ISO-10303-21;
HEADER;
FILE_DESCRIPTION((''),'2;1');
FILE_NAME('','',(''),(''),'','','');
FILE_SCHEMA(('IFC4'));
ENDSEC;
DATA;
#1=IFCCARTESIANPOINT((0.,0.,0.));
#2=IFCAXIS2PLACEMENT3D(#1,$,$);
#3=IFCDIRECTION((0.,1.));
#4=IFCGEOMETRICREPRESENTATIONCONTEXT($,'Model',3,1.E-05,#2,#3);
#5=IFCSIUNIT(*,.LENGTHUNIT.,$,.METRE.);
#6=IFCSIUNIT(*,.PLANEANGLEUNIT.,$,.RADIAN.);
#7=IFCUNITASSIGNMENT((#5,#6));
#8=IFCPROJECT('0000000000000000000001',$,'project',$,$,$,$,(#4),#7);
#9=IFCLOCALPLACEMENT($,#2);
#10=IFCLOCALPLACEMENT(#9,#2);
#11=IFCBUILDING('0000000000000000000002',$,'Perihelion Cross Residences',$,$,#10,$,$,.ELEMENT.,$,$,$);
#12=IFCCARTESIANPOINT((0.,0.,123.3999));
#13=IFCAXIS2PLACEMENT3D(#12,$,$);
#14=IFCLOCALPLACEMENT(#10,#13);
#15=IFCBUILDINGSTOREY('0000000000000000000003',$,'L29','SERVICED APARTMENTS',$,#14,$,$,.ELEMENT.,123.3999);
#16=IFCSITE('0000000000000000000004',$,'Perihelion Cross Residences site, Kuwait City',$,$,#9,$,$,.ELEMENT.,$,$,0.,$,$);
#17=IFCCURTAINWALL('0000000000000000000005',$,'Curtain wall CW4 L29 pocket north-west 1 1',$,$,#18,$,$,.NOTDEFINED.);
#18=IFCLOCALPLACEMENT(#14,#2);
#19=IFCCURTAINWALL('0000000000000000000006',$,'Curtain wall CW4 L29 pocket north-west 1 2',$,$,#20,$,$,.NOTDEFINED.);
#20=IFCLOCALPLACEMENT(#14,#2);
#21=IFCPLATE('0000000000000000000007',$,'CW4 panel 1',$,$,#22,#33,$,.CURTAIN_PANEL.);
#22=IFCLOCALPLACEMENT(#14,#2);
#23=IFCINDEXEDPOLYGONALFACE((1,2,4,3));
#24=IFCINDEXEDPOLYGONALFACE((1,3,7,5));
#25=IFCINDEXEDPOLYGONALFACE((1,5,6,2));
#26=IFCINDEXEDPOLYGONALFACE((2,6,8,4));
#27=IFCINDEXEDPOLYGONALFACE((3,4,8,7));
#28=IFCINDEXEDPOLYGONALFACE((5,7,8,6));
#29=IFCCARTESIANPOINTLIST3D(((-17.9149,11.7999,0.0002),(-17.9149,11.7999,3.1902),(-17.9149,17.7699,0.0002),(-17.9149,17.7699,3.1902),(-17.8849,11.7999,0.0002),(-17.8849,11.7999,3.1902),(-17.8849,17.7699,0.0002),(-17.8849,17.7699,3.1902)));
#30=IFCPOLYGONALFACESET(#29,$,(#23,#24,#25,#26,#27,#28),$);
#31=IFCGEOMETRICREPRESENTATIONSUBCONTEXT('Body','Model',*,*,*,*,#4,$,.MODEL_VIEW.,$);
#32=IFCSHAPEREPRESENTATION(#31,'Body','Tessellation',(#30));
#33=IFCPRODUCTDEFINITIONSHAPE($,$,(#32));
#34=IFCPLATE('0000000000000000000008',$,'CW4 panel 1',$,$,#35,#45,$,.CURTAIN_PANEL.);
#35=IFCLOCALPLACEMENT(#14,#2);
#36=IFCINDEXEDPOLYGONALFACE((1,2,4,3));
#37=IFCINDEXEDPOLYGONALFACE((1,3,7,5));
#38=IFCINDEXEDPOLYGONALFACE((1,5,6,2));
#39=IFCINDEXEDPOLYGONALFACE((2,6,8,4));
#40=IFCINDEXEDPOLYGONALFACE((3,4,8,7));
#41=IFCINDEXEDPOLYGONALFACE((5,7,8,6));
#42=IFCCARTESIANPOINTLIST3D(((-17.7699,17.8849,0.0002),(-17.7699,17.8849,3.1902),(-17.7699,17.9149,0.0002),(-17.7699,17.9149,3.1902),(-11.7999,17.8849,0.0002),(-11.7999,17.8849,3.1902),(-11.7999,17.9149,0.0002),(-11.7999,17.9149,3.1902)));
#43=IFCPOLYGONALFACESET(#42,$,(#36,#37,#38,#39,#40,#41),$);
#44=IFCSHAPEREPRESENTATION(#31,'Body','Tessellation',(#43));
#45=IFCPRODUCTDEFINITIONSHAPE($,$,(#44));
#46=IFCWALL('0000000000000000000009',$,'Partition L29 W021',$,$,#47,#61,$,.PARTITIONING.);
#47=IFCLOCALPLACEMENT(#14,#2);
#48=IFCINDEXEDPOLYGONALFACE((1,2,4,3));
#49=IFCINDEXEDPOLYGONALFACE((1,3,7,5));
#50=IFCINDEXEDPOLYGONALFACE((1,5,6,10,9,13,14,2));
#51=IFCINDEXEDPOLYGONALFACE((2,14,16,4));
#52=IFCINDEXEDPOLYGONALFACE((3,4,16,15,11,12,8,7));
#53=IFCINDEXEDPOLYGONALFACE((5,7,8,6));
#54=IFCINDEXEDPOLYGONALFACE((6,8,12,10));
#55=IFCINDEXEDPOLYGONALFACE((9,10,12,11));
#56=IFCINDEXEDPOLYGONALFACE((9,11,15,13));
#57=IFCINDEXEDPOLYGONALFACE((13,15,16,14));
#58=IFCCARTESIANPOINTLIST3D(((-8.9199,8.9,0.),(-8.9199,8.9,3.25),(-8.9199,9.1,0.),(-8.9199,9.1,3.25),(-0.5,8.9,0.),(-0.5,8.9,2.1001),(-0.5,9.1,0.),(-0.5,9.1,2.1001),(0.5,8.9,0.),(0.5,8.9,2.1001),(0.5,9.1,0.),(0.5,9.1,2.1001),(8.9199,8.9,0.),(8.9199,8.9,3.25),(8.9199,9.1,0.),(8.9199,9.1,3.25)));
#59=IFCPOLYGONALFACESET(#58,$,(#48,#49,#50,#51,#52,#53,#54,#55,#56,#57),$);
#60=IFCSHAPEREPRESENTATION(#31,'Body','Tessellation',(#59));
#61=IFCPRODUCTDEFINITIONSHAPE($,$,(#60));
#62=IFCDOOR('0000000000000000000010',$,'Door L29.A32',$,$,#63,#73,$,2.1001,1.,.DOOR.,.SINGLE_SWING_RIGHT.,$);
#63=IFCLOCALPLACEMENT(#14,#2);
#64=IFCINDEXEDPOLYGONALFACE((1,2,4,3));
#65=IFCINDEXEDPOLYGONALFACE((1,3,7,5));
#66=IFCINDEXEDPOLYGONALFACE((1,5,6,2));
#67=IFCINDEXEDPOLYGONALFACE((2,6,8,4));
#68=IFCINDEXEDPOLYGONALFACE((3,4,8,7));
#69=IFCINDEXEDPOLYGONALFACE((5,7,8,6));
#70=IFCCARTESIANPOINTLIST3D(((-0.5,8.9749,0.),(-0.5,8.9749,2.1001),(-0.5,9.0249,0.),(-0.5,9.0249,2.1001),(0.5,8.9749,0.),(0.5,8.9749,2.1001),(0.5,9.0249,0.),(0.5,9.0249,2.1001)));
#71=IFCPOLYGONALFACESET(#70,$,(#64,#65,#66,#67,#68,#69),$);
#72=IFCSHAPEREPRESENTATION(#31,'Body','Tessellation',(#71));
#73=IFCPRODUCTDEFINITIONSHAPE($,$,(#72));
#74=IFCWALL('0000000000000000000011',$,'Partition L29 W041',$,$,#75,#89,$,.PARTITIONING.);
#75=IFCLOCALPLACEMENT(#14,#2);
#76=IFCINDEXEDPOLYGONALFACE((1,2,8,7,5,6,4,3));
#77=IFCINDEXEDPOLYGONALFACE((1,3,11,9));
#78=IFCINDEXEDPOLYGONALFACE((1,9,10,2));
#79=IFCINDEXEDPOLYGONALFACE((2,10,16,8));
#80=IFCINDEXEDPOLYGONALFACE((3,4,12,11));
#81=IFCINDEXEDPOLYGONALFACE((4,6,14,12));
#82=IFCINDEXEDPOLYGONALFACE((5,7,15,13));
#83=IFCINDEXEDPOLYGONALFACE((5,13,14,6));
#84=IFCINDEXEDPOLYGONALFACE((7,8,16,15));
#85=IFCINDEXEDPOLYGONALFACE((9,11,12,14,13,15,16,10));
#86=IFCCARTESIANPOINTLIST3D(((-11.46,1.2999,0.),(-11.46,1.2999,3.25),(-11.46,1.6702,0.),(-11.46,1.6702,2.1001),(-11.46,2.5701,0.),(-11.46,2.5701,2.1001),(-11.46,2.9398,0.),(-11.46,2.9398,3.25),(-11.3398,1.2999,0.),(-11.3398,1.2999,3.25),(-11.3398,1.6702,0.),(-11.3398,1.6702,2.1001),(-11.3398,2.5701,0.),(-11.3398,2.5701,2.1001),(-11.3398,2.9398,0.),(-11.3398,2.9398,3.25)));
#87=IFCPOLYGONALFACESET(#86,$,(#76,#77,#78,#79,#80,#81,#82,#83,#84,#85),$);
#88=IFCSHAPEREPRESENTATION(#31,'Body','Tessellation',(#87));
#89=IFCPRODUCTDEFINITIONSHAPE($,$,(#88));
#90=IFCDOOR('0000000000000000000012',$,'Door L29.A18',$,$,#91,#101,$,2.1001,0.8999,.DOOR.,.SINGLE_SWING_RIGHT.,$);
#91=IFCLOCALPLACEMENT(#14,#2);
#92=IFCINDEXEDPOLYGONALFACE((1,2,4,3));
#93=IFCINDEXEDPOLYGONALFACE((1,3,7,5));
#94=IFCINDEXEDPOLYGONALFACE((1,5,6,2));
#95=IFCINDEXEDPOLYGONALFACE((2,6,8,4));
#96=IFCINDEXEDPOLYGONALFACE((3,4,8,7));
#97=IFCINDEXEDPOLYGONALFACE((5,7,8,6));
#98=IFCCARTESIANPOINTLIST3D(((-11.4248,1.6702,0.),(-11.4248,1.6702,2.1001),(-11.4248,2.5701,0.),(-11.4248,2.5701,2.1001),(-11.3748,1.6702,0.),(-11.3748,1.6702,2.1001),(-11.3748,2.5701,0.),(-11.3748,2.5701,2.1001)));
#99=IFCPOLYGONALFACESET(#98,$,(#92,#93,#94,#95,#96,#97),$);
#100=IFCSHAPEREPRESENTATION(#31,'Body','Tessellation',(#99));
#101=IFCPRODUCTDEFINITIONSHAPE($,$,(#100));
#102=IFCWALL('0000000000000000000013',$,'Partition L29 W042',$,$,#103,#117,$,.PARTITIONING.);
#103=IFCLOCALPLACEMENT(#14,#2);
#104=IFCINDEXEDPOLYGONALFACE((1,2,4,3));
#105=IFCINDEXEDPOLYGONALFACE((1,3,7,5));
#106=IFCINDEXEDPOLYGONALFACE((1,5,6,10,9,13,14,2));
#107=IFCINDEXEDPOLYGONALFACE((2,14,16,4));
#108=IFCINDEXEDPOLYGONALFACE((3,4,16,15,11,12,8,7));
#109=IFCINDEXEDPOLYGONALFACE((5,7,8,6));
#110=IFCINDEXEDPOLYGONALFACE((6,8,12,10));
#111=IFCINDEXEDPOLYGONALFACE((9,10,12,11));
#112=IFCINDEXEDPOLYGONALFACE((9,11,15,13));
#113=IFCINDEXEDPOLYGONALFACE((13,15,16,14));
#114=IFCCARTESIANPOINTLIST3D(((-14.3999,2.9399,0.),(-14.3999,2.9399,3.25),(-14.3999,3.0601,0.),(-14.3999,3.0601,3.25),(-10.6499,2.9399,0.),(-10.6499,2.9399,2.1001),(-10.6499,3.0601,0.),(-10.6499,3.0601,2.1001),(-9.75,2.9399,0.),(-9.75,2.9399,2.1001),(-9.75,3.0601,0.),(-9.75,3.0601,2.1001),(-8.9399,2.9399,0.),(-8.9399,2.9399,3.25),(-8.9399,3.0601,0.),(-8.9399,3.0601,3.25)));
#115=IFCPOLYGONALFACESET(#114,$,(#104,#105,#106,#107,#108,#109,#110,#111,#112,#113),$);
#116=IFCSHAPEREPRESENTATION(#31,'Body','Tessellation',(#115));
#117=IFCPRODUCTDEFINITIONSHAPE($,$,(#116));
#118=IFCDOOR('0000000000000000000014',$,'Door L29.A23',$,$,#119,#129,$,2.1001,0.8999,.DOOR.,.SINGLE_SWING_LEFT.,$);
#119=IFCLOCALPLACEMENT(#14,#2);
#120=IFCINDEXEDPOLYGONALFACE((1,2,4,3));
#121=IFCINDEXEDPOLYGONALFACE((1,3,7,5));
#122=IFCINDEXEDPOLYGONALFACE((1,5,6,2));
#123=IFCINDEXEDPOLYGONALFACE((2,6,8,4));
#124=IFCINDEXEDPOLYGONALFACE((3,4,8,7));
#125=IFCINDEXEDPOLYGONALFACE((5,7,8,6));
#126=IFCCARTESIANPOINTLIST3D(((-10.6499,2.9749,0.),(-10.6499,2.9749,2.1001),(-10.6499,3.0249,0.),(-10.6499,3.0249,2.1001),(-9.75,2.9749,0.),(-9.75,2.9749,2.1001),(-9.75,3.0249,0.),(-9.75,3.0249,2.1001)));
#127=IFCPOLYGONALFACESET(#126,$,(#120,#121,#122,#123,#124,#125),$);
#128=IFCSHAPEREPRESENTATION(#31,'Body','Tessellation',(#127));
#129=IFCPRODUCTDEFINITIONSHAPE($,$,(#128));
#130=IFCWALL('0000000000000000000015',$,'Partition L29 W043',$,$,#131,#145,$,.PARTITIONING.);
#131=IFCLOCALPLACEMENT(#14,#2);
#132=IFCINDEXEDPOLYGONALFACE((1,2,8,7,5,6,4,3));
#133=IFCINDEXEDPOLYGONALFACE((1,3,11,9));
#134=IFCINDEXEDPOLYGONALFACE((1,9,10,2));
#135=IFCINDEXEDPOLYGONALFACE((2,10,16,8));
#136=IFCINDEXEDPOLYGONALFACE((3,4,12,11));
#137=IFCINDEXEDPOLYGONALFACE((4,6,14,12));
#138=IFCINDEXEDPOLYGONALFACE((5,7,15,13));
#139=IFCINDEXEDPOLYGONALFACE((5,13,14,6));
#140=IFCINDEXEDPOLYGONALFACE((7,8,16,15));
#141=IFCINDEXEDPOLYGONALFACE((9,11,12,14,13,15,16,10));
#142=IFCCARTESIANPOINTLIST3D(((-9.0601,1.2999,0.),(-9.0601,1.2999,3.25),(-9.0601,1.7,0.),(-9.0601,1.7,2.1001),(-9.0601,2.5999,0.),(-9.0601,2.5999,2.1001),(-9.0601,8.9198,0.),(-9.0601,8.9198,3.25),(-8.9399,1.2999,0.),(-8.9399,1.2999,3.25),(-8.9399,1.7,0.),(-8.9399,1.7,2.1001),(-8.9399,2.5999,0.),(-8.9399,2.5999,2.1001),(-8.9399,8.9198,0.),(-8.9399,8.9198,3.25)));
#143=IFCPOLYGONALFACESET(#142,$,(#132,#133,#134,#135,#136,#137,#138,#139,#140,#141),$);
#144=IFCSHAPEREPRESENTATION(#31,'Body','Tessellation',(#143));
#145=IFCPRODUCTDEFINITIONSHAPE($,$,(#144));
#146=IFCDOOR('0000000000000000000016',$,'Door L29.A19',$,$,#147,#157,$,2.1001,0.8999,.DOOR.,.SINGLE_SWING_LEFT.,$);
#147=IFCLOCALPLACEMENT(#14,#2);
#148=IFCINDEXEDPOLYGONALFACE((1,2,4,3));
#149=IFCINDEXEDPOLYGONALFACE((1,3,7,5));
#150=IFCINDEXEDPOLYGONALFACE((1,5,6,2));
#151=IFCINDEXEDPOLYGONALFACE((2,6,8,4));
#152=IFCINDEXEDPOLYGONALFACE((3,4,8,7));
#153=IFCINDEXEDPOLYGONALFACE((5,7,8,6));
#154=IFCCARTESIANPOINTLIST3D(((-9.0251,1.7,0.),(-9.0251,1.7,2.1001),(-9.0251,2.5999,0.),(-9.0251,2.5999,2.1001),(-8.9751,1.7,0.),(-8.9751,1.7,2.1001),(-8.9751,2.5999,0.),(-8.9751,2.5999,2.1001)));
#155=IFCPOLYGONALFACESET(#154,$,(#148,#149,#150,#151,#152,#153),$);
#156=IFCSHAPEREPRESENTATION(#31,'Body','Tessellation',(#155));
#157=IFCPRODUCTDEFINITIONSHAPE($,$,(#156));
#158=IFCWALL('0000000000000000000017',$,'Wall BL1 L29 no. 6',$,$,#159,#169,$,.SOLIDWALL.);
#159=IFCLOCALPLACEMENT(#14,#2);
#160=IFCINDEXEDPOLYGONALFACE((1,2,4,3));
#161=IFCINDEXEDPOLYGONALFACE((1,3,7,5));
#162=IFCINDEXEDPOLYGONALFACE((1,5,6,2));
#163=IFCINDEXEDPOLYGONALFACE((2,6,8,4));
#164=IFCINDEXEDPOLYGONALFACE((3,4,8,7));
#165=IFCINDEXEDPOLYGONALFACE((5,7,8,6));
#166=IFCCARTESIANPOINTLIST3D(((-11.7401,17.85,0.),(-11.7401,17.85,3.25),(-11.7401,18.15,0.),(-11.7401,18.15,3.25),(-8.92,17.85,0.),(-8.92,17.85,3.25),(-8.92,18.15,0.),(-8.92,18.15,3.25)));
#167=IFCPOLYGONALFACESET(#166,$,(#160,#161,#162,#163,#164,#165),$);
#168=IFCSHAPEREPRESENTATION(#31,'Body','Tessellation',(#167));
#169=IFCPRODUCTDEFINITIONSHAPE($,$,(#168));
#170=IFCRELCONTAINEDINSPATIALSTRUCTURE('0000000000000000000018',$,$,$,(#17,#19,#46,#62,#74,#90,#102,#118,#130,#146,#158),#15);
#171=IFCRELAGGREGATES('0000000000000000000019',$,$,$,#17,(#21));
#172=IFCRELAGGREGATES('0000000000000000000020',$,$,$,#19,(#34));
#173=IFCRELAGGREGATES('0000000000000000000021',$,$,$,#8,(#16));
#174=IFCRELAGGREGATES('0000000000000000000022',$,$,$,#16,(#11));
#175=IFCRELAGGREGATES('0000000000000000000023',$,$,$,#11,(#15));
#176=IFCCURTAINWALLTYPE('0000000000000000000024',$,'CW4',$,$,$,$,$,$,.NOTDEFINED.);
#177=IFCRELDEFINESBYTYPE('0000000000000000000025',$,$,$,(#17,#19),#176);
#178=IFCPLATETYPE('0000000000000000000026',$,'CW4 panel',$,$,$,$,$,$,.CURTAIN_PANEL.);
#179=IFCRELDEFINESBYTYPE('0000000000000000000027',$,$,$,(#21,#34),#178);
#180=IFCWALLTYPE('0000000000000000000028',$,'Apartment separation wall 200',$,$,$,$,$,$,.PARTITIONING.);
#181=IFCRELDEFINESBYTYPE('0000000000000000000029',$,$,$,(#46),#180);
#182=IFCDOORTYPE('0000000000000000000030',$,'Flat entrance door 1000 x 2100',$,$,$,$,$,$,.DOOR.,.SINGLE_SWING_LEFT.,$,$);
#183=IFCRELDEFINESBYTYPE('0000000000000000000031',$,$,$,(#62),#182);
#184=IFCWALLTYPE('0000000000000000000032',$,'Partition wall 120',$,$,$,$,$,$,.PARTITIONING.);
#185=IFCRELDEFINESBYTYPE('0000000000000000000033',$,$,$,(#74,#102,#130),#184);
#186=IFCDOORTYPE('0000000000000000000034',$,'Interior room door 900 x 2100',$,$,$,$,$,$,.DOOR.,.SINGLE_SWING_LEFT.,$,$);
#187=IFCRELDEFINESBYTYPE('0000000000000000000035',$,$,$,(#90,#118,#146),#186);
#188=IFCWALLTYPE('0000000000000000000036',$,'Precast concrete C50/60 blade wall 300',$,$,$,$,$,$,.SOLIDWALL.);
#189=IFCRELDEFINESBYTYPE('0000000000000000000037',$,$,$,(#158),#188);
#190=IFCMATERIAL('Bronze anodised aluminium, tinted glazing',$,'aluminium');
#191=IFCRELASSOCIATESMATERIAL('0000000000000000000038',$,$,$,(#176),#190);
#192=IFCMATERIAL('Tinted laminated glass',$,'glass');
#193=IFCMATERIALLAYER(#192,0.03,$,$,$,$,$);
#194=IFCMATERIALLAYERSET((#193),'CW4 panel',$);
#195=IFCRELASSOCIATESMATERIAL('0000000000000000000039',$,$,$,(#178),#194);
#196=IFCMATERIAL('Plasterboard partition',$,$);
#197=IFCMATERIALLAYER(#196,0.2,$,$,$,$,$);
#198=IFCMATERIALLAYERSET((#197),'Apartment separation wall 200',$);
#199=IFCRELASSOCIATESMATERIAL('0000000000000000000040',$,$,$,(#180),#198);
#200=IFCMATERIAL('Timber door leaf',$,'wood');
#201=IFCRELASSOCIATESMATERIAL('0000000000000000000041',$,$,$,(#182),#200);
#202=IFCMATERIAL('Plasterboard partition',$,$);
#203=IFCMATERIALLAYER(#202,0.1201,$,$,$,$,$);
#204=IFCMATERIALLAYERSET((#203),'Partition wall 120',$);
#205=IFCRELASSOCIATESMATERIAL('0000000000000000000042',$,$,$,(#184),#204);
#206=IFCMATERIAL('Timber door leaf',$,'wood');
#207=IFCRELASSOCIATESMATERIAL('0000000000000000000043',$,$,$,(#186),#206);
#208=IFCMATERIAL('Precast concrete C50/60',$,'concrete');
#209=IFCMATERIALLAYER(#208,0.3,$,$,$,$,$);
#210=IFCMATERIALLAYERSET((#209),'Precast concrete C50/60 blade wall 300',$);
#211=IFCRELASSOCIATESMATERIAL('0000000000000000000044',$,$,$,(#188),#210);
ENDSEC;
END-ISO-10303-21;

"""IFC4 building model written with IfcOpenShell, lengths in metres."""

from ifc_helpers import new_model, si_unit, direction, frame, frame_2d, origin, origin_2d, place, context, subcontext, project, spatial, rectangle, extrude, material, layer, layer_set, type_object, element, fill, aggregate, save


model = new_model("IFC4")

# Units and contexts
model_context = context("Model", 3, precision=1e-05, world=origin(), true_north=direction((0.0, 1.0)))
body_context = subcontext(model_context, "Body", "Model", "MODEL_VIEW")
ifc_project = project(units=[si_unit("LENGTHUNIT", "METRE"), si_unit("PLANEANGLEUNIT", "RADIAN")], contexts=[model_context])

# Site, building, storey
site_placement = place(None, origin())
site = spatial("IfcSite", under=ifc_project, at=site_placement, Name="Perihelion Cross Residences site, Kuwait City", CompositionType="ELEMENT", RefElevation=0.0)
building_placement = place(site_placement, origin())
building = spatial("IfcBuilding", under=site, at=building_placement, Name="Perihelion Cross Residences", CompositionType="ELEMENT")
storey_placement = place(building_placement, frame((0.0, 0.0, 123.3999)))
storey = spatial("IfcBuildingStorey", under=building, at=storey_placement, Name="L29", Description="SERVICED APARTMENTS", CompositionType="ELEMENT", Elevation=123.3999)

# Curtain walls
ifc_material_1 = material(Name="Bronze anodised aluminium, tinted glazing", Category="aluminium")
curtain_wall_type_1 = type_object("IfcCurtainWallType", Name="CW4", PredefinedType="NOTDEFINED", material=ifc_material_1)
curtain_wall_1_placement = place(storey_placement, origin())
curtain_wall_1 = element("IfcCurtainWall", 1, at=curtain_wall_1_placement, inside=storey, type_object=curtain_wall_type_1, Name="Curtain wall CW4 L29 pocket north-west 1 1", PredefinedType="NOTDEFINED")
curtain_wall_2_placement = place(storey_placement, origin())
curtain_wall_2 = element("IfcCurtainWall", 2, at=curtain_wall_2_placement, inside=storey, type_object=curtain_wall_type_1, Name="Curtain wall CW4 L29 pocket north-west 1 2", PredefinedType="NOTDEFINED")

# Plates
ifc_material_2 = material(Name="Tinted laminated glass", Category="glass")
ifc_layer_1 = layer(ifc_material_2, 0.03)
ifc_layer_set_1 = layer_set([ifc_layer_1], Name="CW4 panel")
plate_type_1 = type_object("IfcPlateType", Name="CW4 panel", PredefinedType="CURTAIN_PANEL", material=ifc_layer_set_1)
plate_1_placement = place(storey_placement, frame((-17.8999, 14.7849, 0.0002), z_axis=(0.0, 0.0, 1.0), x_axis=(0.0, 1.0, 0.0)))
plate_1 = element("IfcPlate", 3, at=plate_1_placement, type_object=plate_type_1, Name="CW4 panel 1", PredefinedType="CURTAIN_PANEL", context=body_context, shape_type="SweptSolid", body=[
    extrude(rectangle(XDim=5.97, YDim=0.03, at=origin_2d()), origin(), (0.0, 0.0, 1.0), 3.1899),
])
aggregate(curtain_wall_1, [plate_1])
plate_2_placement = place(storey_placement, frame((-14.7849, 17.8999, 0.0002), z_axis=(0.0, 0.0, 1.0), x_axis=(1.0, 0.0, 0.0)))
plate_2 = element("IfcPlate", 4, at=plate_2_placement, type_object=plate_type_1, Name="CW4 panel 1", PredefinedType="CURTAIN_PANEL", context=body_context, shape_type="SweptSolid", body=[
    extrude(rectangle(XDim=5.97, YDim=0.03, at=origin_2d()), origin(), (0.0, 0.0, 1.0), 3.1899),
])
aggregate(curtain_wall_2, [plate_2])

# Walls, openings, doors
ifc_material_3 = material(Name="Plasterboard partition")
ifc_layer_2 = layer(ifc_material_3, 0.2)
ifc_layer_set_2 = layer_set([ifc_layer_2], Name="Apartment separation wall 200")
wall_type_1 = type_object("IfcWallType", Name="Apartment separation wall 200", PredefinedType="PARTITIONING", material=ifc_layer_set_2)
wall_1_placement = place(storey_placement, frame((-8.9199, 9.0, 0.0), z_axis=(0.0, 0.0, 1.0), x_axis=(1.0, 0.0, 0.0)))
wall_1 = element("IfcWall", 5, at=wall_1_placement, inside=storey, type_object=wall_type_1, Name="Partition L29 W021", PredefinedType="PARTITIONING", context=body_context, shape_type="SweptSolid", body=[
    extrude(rectangle(XDim=17.8398, YDim=0.2, at=frame_2d((8.9199, 0.0))), origin(), (0.0, 0.0, 1.0), 3.25),
])
opening_1_placement = place(wall_1_placement, frame((8.4199, 0.0, 0.0)))
opening_1 = element("IfcOpeningElement", 6, at=opening_1_placement, cuts=wall_1, PredefinedType="OPENING", context=body_context, shape_type="SweptSolid", body=[
    extrude(rectangle(XDim=1.0, YDim=2.1001, at=frame_2d((0.5, 1.05))), frame((0.0, 0.1099, 0.0), z_axis=(0.0, -1.0, 0.0), x_axis=(1.0, 0.0, 0.0)), (0.0, 0.0, 1.0), 0.22),
])
ifc_material_4 = material(Name="Timber door leaf", Category="wood")
door_type_1 = type_object("IfcDoorType", Name="Flat entrance door 1000 x 2100", OperationType="SINGLE_SWING_LEFT", PredefinedType="DOOR", material=ifc_material_4)
door_1_placement = place(opening_1_placement, origin())
door_1 = element("IfcDoor", 7, at=door_1_placement, inside=storey, type_object=door_type_1, Name="Door L29.A32", OperationType="SINGLE_SWING_RIGHT", OverallHeight=2.1001, OverallWidth=1.0, PredefinedType="DOOR", context=body_context, shape_type="SweptSolid", body=[
    extrude(rectangle(XDim=1.0, YDim=2.1001, at=frame_2d((0.5, 1.05))), frame((0.0, 0.0249, 0.0), z_axis=(0.0, -1.0, 0.0), x_axis=(1.0, 0.0, 0.0)), (0.0, 0.0, 1.0), 0.05),
])
fill(opening_1, door_1)
ifc_material_5 = material(Name="Plasterboard partition")
ifc_layer_3 = layer(ifc_material_5, 0.1201)
ifc_layer_set_3 = layer_set([ifc_layer_3], Name="Partition wall 120")
wall_type_2 = type_object("IfcWallType", Name="Partition wall 120", PredefinedType="PARTITIONING", material=ifc_layer_set_3)
wall_2_placement = place(storey_placement, frame((-11.3999, 1.3, 0.0), z_axis=(0.0, 0.0, 1.0), x_axis=(0.0, 1.0, 0.0)))
wall_2 = element("IfcWall", 8, at=wall_2_placement, inside=storey, type_object=wall_type_2, Name="Partition L29 W041", PredefinedType="PARTITIONING", context=body_context, shape_type="SweptSolid", body=[
    extrude(rectangle(XDim=1.6399, YDim=0.1201, at=frame_2d((0.8198, 0.0))), origin(), (0.0, 0.0, 1.0), 3.25),
])
opening_2_placement = place(wall_2_placement, frame((0.3701, 0.0, 0.0)))
opening_2 = element("IfcOpeningElement", 9, at=opening_2_placement, cuts=wall_2, PredefinedType="OPENING", context=body_context, shape_type="SweptSolid", body=[
    extrude(rectangle(XDim=0.8999, YDim=2.1001, at=frame_2d((0.45, 1.05))), frame((0.0, 0.0701, 0.0), z_axis=(0.0, -1.0, 0.0), x_axis=(1.0, 0.0, 0.0)), (0.0, 0.0, 1.0), 0.1401),
])
ifc_material_6 = material(Name="Timber door leaf", Category="wood")
door_type_2 = type_object("IfcDoorType", Name="Interior room door 900 x 2100", OperationType="SINGLE_SWING_LEFT", PredefinedType="DOOR", material=ifc_material_6)
door_2_placement = place(opening_2_placement, origin())
door_2 = element("IfcDoor", 10, at=door_2_placement, inside=storey, type_object=door_type_2, Name="Door L29.A18", OperationType="SINGLE_SWING_RIGHT", OverallHeight=2.1001, OverallWidth=0.8999, PredefinedType="DOOR", context=body_context, shape_type="SweptSolid", body=[
    extrude(rectangle(XDim=0.8999, YDim=2.1001, at=frame_2d((0.45, 1.05))), frame((0.0, 0.0249, 0.0), z_axis=(0.0, -1.0, 0.0), x_axis=(1.0, 0.0, 0.0)), (0.0, 0.0, 1.0), 0.05),
])
fill(opening_2, door_2)
wall_3_placement = place(storey_placement, frame((-14.3999, 3.0, 0.0), z_axis=(0.0, 0.0, 1.0), x_axis=(1.0, 0.0, 0.0)))
wall_3 = element("IfcWall", 11, at=wall_3_placement, inside=storey, type_object=wall_type_2, Name="Partition L29 W042", PredefinedType="PARTITIONING", context=body_context, shape_type="SweptSolid", body=[
    extrude(rectangle(XDim=5.46, YDim=0.1201, at=frame_2d((2.73, 0.0))), origin(), (0.0, 0.0, 1.0), 3.25),
])
opening_3_placement = place(wall_3_placement, frame((3.75, 0.0, 0.0)))
opening_3 = element("IfcOpeningElement", 12, at=opening_3_placement, cuts=wall_3, PredefinedType="OPENING", context=body_context, shape_type="SweptSolid", body=[
    extrude(rectangle(XDim=0.8999, YDim=2.1001, at=frame_2d((0.45, 1.05))), frame((0.0, 0.0701, 0.0), z_axis=(0.0, -1.0, 0.0), x_axis=(1.0, 0.0, 0.0)), (0.0, 0.0, 1.0), 0.1401),
])
door_3_placement = place(opening_3_placement, origin())
door_3 = element("IfcDoor", 13, at=door_3_placement, inside=storey, type_object=door_type_2, Name="Door L29.A23", OperationType="SINGLE_SWING_LEFT", OverallHeight=2.1001, OverallWidth=0.8999, PredefinedType="DOOR", context=body_context, shape_type="SweptSolid", body=[
    extrude(rectangle(XDim=0.8999, YDim=2.1001, at=frame_2d((0.45, 1.05))), frame((0.0, 0.0249, 0.0), z_axis=(0.0, -1.0, 0.0), x_axis=(1.0, 0.0, 0.0)), (0.0, 0.0, 1.0), 0.05),
])
fill(opening_3, door_3)
wall_4_placement = place(storey_placement, frame((-9.0, 8.9199, 0.0), z_axis=(0.0, 0.0, 1.0), x_axis=(0.0, -1.0, 0.0)))
wall_4 = element("IfcWall", 14, at=wall_4_placement, inside=storey, type_object=wall_type_2, Name="Partition L29 W043", PredefinedType="PARTITIONING", context=body_context, shape_type="SweptSolid", body=[
    extrude(rectangle(XDim=7.6199, YDim=0.1201, at=frame_2d((3.8101, 0.0))), origin(), (0.0, 0.0, 1.0), 3.25),
])
opening_4_placement = place(wall_4_placement, frame((6.3201, 0.0, 0.0)))
opening_4 = element("IfcOpeningElement", 15, at=opening_4_placement, cuts=wall_4, PredefinedType="OPENING", context=body_context, shape_type="SweptSolid", body=[
    extrude(rectangle(XDim=0.8999, YDim=2.1001, at=frame_2d((0.45, 1.05))), frame((0.0, 0.0701, 0.0), z_axis=(0.0, -1.0, 0.0), x_axis=(1.0, 0.0, 0.0)), (0.0, 0.0, 1.0), 0.1401),
])
door_4_placement = place(opening_4_placement, origin())
door_4 = element("IfcDoor", 16, at=door_4_placement, inside=storey, type_object=door_type_2, Name="Door L29.A19", OperationType="SINGLE_SWING_LEFT", OverallHeight=2.1001, OverallWidth=0.8999, PredefinedType="DOOR", context=body_context, shape_type="SweptSolid", body=[
    extrude(rectangle(XDim=0.8999, YDim=2.1001, at=frame_2d((0.45, 1.05))), frame((0.0, 0.0249, 0.0), z_axis=(0.0, -1.0, 0.0), x_axis=(1.0, 0.0, 0.0)), (0.0, 0.0, 1.0), 0.05),
])
fill(opening_4, door_4)

# Wall
ifc_material_7 = material(Name="Precast concrete C50/60", Category="concrete")
ifc_layer_4 = layer(ifc_material_7, 0.3)
ifc_layer_set_4 = layer_set([ifc_layer_4], Name="Precast concrete C50/60 blade wall 300")
wall_type_3 = type_object("IfcWallType", Name="Precast concrete C50/60 blade wall 300", PredefinedType="SOLIDWALL", material=ifc_layer_set_4)
wall_5_placement = place(storey_placement, frame((-8.9199, 18.0, 0.0), z_axis=(0.0, 0.0, 1.0), x_axis=(-1.0, 0.0, 0.0)))
element("IfcWall", 17, at=wall_5_placement, inside=storey, type_object=wall_type_3, Name="Wall BL1 L29 no. 6", PredefinedType="SOLIDWALL", context=body_context, shape_type="SweptSolid", body=[
    extrude(rectangle(XDim=2.8201, YDim=0.3, at=frame_2d((1.4102, 0.0))), origin(), (0.0, 0.0, 1.0), 3.25),
])

save(model, "model.ifc")
